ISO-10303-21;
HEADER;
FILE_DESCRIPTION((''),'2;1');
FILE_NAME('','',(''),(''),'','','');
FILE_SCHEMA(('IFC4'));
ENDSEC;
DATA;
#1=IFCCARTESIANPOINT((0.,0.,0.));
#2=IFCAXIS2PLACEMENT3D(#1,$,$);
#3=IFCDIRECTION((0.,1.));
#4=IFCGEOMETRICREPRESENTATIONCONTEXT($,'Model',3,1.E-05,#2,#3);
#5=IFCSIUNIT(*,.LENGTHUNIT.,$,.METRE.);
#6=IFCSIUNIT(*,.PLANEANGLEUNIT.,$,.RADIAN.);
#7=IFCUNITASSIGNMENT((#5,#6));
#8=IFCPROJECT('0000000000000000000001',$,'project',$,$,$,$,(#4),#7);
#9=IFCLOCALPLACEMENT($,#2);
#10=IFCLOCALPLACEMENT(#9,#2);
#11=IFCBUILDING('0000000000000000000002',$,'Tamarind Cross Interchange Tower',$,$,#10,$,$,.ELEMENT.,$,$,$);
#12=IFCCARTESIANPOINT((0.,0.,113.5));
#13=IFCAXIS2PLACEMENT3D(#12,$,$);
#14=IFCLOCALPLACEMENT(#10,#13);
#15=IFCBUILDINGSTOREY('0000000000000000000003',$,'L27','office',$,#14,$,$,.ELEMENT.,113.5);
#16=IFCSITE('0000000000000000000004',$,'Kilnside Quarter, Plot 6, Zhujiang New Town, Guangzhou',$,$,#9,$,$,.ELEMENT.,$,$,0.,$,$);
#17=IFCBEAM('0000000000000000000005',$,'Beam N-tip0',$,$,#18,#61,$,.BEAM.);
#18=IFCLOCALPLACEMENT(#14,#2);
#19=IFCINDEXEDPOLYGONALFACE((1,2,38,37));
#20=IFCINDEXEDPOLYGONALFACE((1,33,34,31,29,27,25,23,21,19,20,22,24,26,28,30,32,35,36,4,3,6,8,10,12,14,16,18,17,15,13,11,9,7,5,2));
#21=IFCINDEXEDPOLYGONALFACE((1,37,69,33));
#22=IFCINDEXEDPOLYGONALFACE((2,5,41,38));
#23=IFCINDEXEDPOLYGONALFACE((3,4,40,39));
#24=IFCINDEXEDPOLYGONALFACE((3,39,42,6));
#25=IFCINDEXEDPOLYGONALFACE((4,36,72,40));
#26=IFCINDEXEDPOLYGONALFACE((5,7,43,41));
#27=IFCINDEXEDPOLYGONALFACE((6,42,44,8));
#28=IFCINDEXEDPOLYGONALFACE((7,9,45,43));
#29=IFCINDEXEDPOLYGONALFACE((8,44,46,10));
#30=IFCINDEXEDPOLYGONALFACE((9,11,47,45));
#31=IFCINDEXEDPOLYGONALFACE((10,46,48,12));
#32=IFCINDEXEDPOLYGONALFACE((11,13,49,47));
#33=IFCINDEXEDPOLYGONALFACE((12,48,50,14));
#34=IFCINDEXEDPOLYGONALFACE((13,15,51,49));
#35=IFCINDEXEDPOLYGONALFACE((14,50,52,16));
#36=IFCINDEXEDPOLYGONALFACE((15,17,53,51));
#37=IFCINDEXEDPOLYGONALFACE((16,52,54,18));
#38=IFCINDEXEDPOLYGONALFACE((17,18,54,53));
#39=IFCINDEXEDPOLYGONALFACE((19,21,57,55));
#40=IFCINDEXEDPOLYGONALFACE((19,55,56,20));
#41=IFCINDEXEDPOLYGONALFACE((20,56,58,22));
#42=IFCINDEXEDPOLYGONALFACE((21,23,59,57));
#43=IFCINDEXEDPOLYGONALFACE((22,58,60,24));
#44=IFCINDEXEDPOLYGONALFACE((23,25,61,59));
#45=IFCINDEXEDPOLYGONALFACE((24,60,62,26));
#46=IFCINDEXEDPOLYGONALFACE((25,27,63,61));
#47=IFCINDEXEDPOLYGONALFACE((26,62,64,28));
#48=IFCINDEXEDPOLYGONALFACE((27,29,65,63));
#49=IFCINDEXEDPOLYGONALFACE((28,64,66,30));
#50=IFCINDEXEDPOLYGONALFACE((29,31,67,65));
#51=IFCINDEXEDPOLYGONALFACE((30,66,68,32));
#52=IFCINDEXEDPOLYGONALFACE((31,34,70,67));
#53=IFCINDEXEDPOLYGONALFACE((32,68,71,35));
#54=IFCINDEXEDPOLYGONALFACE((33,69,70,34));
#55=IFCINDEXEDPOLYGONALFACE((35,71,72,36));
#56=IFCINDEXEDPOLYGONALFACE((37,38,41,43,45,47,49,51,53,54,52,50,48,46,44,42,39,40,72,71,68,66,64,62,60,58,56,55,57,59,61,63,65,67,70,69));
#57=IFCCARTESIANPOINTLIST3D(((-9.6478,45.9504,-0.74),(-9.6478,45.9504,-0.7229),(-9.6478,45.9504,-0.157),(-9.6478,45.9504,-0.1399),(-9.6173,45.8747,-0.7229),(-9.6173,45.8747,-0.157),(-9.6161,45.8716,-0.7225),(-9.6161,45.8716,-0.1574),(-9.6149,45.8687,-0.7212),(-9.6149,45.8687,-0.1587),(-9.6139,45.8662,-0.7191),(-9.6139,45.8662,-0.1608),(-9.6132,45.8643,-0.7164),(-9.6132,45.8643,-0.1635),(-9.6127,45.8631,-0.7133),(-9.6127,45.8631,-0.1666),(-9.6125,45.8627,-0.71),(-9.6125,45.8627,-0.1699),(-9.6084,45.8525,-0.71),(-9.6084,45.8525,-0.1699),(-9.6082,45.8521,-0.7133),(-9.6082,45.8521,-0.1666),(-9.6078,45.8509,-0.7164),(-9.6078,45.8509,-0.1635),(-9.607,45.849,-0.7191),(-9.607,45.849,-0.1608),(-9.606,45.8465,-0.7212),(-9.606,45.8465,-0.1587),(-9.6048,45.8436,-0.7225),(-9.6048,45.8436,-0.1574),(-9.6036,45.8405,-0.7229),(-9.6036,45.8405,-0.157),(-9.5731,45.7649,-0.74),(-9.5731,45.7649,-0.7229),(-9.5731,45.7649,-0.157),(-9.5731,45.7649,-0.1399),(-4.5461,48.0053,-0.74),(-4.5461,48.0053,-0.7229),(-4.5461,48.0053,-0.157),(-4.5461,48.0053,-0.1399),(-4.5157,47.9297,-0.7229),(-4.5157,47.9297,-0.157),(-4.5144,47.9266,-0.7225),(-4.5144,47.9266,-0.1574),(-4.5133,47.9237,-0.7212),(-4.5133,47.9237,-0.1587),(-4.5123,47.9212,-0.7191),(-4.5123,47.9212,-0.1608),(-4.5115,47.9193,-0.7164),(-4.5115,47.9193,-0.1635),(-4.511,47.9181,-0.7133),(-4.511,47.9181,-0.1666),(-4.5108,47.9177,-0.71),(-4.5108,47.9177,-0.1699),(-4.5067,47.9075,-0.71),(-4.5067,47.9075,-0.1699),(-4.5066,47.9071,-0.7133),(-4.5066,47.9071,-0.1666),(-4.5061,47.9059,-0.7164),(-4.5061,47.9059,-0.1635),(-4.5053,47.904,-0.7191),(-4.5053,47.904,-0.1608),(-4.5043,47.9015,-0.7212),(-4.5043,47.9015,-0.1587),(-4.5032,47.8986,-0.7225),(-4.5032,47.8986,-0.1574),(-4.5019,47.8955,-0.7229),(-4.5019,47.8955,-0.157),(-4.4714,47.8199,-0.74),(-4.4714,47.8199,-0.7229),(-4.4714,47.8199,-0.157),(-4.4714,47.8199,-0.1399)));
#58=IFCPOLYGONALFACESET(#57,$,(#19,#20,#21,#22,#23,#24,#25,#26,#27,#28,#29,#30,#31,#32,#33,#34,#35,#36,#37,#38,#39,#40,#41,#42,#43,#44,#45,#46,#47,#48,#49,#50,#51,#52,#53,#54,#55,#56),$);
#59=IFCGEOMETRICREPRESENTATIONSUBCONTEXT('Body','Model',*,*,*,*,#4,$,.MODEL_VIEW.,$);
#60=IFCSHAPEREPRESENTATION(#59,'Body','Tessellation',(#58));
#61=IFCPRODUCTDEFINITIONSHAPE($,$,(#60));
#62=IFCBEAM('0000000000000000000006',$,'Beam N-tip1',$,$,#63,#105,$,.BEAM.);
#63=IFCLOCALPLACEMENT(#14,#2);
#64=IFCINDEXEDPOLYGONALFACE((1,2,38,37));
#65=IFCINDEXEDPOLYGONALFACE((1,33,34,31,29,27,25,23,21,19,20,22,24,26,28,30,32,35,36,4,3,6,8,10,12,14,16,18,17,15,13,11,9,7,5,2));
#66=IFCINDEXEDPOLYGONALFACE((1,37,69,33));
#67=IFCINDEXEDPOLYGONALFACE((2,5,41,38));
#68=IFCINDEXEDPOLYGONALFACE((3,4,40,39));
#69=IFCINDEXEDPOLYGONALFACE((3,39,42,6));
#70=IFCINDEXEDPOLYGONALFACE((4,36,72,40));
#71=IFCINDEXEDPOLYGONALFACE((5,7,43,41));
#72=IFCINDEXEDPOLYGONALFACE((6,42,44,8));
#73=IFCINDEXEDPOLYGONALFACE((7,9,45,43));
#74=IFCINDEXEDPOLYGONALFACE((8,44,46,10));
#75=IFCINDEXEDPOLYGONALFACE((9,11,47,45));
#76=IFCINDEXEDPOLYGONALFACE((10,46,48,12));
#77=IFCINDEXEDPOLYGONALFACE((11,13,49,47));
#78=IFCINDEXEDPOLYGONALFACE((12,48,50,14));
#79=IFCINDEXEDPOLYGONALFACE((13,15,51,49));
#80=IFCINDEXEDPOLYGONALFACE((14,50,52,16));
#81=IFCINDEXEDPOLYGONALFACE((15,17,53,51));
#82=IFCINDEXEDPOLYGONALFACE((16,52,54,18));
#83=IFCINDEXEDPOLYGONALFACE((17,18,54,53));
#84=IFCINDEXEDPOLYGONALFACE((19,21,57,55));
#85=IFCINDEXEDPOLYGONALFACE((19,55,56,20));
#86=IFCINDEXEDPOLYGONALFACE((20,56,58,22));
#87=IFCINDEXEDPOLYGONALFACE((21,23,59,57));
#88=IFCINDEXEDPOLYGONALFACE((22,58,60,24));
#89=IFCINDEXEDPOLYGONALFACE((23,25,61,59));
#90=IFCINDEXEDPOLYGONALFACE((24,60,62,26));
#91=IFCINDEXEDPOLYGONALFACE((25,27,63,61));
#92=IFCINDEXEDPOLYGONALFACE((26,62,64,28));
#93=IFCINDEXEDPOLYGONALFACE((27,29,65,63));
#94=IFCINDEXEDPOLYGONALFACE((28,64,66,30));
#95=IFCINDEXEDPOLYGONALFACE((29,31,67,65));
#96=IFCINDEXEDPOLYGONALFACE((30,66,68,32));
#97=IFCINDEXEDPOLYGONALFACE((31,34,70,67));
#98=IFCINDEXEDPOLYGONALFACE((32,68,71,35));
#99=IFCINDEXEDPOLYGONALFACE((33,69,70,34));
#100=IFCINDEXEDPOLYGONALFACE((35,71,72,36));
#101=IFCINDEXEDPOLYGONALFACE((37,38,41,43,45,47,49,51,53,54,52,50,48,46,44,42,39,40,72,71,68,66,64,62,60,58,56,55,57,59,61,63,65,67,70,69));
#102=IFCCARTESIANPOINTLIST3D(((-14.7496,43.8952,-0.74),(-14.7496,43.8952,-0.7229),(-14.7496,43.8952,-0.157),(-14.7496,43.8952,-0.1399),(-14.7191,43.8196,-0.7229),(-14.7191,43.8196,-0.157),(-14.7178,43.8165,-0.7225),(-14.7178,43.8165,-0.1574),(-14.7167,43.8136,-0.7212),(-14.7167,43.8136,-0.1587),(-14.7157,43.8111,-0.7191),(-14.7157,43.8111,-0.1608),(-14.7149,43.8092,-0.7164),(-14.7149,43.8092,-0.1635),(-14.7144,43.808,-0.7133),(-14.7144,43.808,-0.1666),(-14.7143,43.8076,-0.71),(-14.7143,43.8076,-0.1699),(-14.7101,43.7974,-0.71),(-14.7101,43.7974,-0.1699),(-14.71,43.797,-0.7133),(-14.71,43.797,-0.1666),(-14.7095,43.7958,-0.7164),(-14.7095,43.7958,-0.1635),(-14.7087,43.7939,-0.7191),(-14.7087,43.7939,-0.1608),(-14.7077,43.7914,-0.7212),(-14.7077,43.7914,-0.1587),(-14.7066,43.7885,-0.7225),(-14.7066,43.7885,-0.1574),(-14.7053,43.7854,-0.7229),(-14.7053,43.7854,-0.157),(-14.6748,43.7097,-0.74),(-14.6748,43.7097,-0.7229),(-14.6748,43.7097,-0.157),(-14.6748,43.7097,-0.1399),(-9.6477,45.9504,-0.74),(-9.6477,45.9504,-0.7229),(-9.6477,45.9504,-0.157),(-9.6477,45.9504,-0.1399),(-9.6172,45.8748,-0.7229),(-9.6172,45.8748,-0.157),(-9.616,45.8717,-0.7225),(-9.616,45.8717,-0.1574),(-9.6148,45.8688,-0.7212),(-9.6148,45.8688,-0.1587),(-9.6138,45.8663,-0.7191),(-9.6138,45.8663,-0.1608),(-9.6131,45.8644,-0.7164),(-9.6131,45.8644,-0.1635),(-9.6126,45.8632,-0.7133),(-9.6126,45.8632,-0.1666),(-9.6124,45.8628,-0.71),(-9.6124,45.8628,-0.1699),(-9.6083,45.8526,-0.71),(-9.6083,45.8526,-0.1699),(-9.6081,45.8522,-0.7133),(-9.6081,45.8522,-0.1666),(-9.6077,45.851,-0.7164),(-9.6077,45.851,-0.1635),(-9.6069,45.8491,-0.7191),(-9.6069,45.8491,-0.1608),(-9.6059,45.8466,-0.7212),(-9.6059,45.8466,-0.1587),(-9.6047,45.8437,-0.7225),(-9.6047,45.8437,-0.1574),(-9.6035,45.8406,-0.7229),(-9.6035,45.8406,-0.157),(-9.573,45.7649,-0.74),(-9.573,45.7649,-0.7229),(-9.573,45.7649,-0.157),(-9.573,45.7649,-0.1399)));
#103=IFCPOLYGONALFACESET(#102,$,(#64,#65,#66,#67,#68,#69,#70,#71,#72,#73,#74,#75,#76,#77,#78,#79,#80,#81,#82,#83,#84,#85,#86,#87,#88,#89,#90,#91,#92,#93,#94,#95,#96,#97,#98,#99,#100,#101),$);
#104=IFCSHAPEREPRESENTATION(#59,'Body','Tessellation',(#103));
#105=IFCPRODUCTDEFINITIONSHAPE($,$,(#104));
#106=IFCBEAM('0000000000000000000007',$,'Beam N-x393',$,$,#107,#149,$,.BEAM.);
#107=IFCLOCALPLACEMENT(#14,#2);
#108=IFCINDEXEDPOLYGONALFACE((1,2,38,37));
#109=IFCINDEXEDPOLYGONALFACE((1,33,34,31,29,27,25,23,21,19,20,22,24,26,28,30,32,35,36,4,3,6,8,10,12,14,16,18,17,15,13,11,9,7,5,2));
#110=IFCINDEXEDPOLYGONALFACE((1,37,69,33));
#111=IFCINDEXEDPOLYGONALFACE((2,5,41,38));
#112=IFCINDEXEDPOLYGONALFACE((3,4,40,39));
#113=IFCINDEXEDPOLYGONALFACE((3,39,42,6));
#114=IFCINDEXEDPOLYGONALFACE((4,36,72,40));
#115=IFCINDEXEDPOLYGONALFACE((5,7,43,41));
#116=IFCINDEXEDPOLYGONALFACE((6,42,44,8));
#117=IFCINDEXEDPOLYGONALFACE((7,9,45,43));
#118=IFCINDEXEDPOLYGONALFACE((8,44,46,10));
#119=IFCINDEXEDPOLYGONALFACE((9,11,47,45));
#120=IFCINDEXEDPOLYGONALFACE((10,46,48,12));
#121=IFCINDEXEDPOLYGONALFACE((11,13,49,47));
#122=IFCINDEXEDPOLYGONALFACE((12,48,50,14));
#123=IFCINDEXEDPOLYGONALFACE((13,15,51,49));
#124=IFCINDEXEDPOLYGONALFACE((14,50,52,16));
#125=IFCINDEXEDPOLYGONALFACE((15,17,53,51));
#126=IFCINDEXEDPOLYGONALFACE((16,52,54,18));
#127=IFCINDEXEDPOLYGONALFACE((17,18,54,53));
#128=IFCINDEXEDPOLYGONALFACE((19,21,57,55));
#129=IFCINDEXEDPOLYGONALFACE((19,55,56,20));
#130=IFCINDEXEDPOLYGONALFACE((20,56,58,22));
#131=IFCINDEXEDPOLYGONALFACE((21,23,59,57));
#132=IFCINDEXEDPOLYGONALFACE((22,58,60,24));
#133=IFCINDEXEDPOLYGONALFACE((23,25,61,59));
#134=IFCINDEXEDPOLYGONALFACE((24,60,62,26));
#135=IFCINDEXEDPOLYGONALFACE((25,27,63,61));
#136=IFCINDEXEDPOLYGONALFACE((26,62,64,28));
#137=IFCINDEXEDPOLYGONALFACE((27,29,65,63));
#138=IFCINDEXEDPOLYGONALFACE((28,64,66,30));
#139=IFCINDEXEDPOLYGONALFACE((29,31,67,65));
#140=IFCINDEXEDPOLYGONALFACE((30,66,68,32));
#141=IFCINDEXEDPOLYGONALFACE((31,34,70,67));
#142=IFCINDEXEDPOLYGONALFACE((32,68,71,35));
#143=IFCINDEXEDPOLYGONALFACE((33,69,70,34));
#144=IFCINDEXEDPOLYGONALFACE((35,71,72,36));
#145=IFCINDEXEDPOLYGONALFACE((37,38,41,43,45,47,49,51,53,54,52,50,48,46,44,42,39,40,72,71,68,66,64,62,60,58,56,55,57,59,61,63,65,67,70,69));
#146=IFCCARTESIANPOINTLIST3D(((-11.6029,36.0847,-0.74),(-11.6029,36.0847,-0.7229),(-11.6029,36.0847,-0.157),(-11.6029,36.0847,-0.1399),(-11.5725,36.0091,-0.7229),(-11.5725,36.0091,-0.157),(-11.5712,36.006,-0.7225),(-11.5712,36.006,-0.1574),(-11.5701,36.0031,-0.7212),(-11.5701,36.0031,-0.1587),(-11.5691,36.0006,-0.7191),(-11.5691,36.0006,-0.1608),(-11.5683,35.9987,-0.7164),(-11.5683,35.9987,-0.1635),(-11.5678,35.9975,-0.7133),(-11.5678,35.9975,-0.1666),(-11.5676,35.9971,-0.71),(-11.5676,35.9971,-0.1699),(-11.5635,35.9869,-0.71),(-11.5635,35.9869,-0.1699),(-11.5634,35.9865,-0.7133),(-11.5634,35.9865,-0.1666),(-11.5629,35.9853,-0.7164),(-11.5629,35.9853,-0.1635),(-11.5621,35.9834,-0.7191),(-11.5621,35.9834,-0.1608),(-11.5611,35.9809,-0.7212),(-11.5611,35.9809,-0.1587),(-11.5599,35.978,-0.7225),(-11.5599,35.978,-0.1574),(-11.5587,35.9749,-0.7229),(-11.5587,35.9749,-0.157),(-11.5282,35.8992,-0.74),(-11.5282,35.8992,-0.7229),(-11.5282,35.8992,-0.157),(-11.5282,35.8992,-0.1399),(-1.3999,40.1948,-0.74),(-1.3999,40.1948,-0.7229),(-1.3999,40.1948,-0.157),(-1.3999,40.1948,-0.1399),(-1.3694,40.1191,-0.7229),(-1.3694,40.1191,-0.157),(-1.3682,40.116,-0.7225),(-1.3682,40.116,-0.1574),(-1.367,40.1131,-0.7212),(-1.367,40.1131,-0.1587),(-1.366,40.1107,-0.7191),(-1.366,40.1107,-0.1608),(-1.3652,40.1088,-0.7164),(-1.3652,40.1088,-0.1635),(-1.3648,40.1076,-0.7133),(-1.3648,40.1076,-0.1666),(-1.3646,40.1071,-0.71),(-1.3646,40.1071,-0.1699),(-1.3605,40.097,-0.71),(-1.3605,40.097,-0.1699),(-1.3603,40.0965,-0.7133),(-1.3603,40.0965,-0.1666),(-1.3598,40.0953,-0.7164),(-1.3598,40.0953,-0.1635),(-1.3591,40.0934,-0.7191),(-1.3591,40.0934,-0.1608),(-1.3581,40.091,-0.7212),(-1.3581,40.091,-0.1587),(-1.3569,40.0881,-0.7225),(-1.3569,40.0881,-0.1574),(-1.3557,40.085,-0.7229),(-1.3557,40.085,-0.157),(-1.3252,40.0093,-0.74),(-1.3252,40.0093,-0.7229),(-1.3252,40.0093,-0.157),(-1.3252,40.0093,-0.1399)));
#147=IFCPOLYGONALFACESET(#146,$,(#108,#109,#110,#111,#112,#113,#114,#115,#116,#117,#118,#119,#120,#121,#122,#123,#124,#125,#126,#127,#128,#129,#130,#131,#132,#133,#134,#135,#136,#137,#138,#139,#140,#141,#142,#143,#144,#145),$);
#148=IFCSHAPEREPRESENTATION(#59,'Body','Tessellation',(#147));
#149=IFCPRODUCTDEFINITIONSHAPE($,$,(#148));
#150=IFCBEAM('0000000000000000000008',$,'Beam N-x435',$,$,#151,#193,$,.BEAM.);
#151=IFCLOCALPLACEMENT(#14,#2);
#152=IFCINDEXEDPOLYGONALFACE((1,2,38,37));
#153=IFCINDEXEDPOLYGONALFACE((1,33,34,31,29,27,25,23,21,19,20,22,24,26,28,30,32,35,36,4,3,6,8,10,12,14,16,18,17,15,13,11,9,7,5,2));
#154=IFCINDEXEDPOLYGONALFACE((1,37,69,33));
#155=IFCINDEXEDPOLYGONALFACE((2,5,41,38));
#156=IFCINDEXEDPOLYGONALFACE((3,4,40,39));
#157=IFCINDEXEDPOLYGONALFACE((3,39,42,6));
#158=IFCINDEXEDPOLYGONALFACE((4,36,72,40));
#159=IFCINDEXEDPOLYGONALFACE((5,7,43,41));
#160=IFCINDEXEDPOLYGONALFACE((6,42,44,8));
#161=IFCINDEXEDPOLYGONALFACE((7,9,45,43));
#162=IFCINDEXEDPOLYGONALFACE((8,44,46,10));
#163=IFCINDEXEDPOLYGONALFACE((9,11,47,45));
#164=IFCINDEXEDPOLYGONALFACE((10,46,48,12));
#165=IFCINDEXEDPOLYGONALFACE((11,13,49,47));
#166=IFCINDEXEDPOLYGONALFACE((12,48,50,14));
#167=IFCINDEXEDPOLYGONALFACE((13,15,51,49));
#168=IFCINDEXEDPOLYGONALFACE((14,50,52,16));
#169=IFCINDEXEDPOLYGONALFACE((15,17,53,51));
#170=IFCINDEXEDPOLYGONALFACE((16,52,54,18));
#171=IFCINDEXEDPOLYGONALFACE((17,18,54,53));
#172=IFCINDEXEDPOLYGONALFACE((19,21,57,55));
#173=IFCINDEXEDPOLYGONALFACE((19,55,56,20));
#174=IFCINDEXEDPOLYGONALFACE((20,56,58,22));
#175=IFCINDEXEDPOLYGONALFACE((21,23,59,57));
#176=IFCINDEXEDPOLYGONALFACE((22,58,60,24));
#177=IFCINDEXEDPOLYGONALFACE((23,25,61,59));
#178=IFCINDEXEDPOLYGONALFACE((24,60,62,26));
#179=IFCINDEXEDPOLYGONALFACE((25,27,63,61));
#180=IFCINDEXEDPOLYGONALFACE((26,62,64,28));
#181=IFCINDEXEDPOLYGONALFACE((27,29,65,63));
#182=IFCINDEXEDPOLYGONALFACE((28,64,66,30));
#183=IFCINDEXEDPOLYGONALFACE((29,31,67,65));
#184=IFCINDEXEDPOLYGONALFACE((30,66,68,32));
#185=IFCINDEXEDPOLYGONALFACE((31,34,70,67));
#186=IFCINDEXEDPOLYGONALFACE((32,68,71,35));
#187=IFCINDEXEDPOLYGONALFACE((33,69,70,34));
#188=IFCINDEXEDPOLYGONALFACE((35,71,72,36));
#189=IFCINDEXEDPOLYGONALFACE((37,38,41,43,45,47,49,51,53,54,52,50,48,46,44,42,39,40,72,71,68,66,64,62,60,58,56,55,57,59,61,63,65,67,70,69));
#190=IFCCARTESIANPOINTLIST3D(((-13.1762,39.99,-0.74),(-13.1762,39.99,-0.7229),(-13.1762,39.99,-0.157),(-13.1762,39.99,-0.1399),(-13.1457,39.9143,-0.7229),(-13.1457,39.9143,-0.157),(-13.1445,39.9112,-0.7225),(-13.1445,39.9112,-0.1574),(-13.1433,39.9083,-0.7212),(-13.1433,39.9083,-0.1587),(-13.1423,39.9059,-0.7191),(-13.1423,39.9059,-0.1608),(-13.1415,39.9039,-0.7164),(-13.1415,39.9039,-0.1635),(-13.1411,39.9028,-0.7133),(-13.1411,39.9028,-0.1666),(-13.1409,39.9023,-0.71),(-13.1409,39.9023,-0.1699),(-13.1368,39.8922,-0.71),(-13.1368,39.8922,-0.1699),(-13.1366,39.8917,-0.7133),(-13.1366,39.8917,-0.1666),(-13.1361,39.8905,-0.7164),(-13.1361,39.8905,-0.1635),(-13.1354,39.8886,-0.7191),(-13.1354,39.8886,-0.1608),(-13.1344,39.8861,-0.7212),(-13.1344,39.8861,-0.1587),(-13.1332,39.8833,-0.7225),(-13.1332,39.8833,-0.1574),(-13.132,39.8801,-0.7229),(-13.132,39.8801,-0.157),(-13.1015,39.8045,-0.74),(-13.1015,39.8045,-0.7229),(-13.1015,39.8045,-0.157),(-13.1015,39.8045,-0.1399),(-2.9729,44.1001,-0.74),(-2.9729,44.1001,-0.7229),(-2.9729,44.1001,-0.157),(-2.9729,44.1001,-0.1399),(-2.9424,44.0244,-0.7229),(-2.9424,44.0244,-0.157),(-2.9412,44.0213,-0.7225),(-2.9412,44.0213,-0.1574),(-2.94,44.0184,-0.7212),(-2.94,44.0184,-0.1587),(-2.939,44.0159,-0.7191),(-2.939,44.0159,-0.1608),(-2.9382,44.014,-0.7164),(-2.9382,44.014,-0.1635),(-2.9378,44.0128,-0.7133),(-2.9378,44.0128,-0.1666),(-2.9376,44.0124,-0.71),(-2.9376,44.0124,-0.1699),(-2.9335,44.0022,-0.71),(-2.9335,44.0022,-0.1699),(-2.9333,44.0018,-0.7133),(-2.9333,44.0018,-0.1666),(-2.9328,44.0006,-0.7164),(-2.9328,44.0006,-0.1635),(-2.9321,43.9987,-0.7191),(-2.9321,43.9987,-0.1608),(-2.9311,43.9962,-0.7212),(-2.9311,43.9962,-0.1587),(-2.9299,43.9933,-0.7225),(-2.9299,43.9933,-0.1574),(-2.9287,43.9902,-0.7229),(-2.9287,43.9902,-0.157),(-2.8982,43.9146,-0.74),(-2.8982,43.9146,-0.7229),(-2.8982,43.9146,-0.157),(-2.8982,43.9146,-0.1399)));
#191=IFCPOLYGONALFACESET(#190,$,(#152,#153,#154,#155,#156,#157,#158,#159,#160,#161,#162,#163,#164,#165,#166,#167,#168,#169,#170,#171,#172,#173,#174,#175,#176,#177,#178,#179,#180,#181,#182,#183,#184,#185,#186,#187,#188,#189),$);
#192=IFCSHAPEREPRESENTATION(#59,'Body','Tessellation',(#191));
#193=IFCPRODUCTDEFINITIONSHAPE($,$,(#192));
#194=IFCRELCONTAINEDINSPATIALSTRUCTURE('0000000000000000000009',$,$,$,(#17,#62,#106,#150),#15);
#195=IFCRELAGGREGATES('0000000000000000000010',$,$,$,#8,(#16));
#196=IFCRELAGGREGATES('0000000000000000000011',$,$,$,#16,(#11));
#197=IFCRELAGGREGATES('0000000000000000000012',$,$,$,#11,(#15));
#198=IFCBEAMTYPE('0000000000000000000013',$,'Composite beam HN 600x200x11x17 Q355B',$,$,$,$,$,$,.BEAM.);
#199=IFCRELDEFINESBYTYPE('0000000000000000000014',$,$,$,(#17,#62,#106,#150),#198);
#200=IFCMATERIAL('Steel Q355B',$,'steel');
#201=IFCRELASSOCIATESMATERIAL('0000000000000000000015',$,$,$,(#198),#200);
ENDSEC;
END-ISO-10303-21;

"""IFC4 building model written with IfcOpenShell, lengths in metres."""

from ifc_helpers import new_model, si_unit, direction, frame, origin, origin_2d, place, context, subcontext, project, spatial, i_section, extrude, material, material_profile, profile_set, type_object, element, save


model = new_model("IFC4")

# Units and contexts
model_context = context("Model", 3, precision=1e-05, world=origin(), true_north=direction((0.0, 1.0)))
body_context = subcontext(model_context, "Body", "Model", "MODEL_VIEW")
ifc_project = project(units=[si_unit("LENGTHUNIT", "METRE"), si_unit("PLANEANGLEUNIT", "RADIAN")], contexts=[model_context])

# Site, building, storey
site_placement = place(None, origin())
site = spatial("IfcSite", under=ifc_project, at=site_placement, Name="Kilnside Quarter, Plot 6, Zhujiang New Town, Guangzhou", CompositionType="ELEMENT", RefElevation=0.0)
building_placement = place(site_placement, origin())
building = spatial("IfcBuilding", under=site, at=building_placement, Name="Tamarind Cross Interchange Tower", CompositionType="ELEMENT")
storey_placement = place(building_placement, frame((0.0, 0.0, 113.5)))
storey = spatial("IfcBuildingStorey", under=building, at=storey_placement, Name="L27", Description="office", CompositionType="ELEMENT", Elevation=113.5)

# Beams
ifc_material_1 = material(Name="Steel Q355B", Category="steel")
ifc_material_profile_1 = material_profile(ifc_material_1, i_section(OverallWidth=0.2, OverallDepth=0.6001, WebThickness=0.011, FlangeThickness=0.0171, FilletRadius=0.0129, at=origin_2d()), Name="HN 600x200x11x17")
ifc_profile_set_1 = profile_set([ifc_material_profile_1], Name="Steel Q355B")
beam_type_1 = type_object("IfcBeamType", Name="Composite beam HN 600x200x11x17 Q355B", PredefinedType="BEAM", material=ifc_profile_set_1)
beam_1_placement = place(storey_placement, frame((-4.5088, 47.9126, -0.4399), z_axis=(-0.927577, -0.373632, 0.0), x_axis=(0.373632, -0.927577, 0.0)))
element("IfcBeam", 1, at=beam_1_placement, inside=storey, type_object=beam_type_1, Name="Beam N-tip0", PredefinedType="BEAM", context=body_context, shape_type="SweptSolid", body=[
    extrude(i_section(OverallWidth=0.2, OverallDepth=0.6001, WebThickness=0.011, FlangeThickness=0.0171, FilletRadius=0.0129, at=origin_2d()), origin(), (0.0, 0.0, 1.0), 5.5),
])
beam_2_placement = place(storey_placement, frame((-9.6104, 45.8577, -0.4399), z_axis=(-0.927568, -0.373655, 0.0), x_axis=(0.373655, -0.927568, 0.0)))
element("IfcBeam", 2, at=beam_2_placement, inside=storey, type_object=beam_type_1, Name="Beam N-tip1", PredefinedType="BEAM", context=body_context, shape_type="SweptSolid", body=[
    extrude(i_section(OverallWidth=0.2, OverallDepth=0.6001, WebThickness=0.011, FlangeThickness=0.0171, FilletRadius=0.0129, at=origin_2d()), origin(), (0.0, 0.0, 1.0), 5.5002),
])
beam_3_placement = place(storey_placement, frame((-1.3625, 40.1021, -0.4399), z_axis=(-0.927569, -0.373651, 0.0), x_axis=(0.373651, -0.927569, 0.0)))
element("IfcBeam", 3, at=beam_3_placement, inside=storey, type_object=beam_type_1, Name="Beam N-x393", PredefinedType="BEAM", context=body_context, shape_type="SweptSolid", body=[
    extrude(i_section(OverallWidth=0.2, OverallDepth=0.6001, WebThickness=0.011, FlangeThickness=0.0171, FilletRadius=0.0129, at=origin_2d()), origin(), (0.0, 0.0, 1.0), 10.9998),
])
beam_4_placement = place(storey_placement, frame((-2.9355, 44.0073, -0.4399), z_axis=(-0.927572, -0.373643, 0.0), x_axis=(0.373643, -0.927572, 0.0)))
element("IfcBeam", 4, at=beam_4_placement, inside=storey, type_object=beam_type_1, Name="Beam N-x435", PredefinedType="BEAM", context=body_context, shape_type="SweptSolid", body=[
    extrude(i_section(OverallWidth=0.2, OverallDepth=0.6001, WebThickness=0.011, FlangeThickness=0.0171, FilletRadius=0.0129, at=origin_2d()), origin(), (0.0, 0.0, 1.0), 11.0),
])

save(model, "model.ifc")
